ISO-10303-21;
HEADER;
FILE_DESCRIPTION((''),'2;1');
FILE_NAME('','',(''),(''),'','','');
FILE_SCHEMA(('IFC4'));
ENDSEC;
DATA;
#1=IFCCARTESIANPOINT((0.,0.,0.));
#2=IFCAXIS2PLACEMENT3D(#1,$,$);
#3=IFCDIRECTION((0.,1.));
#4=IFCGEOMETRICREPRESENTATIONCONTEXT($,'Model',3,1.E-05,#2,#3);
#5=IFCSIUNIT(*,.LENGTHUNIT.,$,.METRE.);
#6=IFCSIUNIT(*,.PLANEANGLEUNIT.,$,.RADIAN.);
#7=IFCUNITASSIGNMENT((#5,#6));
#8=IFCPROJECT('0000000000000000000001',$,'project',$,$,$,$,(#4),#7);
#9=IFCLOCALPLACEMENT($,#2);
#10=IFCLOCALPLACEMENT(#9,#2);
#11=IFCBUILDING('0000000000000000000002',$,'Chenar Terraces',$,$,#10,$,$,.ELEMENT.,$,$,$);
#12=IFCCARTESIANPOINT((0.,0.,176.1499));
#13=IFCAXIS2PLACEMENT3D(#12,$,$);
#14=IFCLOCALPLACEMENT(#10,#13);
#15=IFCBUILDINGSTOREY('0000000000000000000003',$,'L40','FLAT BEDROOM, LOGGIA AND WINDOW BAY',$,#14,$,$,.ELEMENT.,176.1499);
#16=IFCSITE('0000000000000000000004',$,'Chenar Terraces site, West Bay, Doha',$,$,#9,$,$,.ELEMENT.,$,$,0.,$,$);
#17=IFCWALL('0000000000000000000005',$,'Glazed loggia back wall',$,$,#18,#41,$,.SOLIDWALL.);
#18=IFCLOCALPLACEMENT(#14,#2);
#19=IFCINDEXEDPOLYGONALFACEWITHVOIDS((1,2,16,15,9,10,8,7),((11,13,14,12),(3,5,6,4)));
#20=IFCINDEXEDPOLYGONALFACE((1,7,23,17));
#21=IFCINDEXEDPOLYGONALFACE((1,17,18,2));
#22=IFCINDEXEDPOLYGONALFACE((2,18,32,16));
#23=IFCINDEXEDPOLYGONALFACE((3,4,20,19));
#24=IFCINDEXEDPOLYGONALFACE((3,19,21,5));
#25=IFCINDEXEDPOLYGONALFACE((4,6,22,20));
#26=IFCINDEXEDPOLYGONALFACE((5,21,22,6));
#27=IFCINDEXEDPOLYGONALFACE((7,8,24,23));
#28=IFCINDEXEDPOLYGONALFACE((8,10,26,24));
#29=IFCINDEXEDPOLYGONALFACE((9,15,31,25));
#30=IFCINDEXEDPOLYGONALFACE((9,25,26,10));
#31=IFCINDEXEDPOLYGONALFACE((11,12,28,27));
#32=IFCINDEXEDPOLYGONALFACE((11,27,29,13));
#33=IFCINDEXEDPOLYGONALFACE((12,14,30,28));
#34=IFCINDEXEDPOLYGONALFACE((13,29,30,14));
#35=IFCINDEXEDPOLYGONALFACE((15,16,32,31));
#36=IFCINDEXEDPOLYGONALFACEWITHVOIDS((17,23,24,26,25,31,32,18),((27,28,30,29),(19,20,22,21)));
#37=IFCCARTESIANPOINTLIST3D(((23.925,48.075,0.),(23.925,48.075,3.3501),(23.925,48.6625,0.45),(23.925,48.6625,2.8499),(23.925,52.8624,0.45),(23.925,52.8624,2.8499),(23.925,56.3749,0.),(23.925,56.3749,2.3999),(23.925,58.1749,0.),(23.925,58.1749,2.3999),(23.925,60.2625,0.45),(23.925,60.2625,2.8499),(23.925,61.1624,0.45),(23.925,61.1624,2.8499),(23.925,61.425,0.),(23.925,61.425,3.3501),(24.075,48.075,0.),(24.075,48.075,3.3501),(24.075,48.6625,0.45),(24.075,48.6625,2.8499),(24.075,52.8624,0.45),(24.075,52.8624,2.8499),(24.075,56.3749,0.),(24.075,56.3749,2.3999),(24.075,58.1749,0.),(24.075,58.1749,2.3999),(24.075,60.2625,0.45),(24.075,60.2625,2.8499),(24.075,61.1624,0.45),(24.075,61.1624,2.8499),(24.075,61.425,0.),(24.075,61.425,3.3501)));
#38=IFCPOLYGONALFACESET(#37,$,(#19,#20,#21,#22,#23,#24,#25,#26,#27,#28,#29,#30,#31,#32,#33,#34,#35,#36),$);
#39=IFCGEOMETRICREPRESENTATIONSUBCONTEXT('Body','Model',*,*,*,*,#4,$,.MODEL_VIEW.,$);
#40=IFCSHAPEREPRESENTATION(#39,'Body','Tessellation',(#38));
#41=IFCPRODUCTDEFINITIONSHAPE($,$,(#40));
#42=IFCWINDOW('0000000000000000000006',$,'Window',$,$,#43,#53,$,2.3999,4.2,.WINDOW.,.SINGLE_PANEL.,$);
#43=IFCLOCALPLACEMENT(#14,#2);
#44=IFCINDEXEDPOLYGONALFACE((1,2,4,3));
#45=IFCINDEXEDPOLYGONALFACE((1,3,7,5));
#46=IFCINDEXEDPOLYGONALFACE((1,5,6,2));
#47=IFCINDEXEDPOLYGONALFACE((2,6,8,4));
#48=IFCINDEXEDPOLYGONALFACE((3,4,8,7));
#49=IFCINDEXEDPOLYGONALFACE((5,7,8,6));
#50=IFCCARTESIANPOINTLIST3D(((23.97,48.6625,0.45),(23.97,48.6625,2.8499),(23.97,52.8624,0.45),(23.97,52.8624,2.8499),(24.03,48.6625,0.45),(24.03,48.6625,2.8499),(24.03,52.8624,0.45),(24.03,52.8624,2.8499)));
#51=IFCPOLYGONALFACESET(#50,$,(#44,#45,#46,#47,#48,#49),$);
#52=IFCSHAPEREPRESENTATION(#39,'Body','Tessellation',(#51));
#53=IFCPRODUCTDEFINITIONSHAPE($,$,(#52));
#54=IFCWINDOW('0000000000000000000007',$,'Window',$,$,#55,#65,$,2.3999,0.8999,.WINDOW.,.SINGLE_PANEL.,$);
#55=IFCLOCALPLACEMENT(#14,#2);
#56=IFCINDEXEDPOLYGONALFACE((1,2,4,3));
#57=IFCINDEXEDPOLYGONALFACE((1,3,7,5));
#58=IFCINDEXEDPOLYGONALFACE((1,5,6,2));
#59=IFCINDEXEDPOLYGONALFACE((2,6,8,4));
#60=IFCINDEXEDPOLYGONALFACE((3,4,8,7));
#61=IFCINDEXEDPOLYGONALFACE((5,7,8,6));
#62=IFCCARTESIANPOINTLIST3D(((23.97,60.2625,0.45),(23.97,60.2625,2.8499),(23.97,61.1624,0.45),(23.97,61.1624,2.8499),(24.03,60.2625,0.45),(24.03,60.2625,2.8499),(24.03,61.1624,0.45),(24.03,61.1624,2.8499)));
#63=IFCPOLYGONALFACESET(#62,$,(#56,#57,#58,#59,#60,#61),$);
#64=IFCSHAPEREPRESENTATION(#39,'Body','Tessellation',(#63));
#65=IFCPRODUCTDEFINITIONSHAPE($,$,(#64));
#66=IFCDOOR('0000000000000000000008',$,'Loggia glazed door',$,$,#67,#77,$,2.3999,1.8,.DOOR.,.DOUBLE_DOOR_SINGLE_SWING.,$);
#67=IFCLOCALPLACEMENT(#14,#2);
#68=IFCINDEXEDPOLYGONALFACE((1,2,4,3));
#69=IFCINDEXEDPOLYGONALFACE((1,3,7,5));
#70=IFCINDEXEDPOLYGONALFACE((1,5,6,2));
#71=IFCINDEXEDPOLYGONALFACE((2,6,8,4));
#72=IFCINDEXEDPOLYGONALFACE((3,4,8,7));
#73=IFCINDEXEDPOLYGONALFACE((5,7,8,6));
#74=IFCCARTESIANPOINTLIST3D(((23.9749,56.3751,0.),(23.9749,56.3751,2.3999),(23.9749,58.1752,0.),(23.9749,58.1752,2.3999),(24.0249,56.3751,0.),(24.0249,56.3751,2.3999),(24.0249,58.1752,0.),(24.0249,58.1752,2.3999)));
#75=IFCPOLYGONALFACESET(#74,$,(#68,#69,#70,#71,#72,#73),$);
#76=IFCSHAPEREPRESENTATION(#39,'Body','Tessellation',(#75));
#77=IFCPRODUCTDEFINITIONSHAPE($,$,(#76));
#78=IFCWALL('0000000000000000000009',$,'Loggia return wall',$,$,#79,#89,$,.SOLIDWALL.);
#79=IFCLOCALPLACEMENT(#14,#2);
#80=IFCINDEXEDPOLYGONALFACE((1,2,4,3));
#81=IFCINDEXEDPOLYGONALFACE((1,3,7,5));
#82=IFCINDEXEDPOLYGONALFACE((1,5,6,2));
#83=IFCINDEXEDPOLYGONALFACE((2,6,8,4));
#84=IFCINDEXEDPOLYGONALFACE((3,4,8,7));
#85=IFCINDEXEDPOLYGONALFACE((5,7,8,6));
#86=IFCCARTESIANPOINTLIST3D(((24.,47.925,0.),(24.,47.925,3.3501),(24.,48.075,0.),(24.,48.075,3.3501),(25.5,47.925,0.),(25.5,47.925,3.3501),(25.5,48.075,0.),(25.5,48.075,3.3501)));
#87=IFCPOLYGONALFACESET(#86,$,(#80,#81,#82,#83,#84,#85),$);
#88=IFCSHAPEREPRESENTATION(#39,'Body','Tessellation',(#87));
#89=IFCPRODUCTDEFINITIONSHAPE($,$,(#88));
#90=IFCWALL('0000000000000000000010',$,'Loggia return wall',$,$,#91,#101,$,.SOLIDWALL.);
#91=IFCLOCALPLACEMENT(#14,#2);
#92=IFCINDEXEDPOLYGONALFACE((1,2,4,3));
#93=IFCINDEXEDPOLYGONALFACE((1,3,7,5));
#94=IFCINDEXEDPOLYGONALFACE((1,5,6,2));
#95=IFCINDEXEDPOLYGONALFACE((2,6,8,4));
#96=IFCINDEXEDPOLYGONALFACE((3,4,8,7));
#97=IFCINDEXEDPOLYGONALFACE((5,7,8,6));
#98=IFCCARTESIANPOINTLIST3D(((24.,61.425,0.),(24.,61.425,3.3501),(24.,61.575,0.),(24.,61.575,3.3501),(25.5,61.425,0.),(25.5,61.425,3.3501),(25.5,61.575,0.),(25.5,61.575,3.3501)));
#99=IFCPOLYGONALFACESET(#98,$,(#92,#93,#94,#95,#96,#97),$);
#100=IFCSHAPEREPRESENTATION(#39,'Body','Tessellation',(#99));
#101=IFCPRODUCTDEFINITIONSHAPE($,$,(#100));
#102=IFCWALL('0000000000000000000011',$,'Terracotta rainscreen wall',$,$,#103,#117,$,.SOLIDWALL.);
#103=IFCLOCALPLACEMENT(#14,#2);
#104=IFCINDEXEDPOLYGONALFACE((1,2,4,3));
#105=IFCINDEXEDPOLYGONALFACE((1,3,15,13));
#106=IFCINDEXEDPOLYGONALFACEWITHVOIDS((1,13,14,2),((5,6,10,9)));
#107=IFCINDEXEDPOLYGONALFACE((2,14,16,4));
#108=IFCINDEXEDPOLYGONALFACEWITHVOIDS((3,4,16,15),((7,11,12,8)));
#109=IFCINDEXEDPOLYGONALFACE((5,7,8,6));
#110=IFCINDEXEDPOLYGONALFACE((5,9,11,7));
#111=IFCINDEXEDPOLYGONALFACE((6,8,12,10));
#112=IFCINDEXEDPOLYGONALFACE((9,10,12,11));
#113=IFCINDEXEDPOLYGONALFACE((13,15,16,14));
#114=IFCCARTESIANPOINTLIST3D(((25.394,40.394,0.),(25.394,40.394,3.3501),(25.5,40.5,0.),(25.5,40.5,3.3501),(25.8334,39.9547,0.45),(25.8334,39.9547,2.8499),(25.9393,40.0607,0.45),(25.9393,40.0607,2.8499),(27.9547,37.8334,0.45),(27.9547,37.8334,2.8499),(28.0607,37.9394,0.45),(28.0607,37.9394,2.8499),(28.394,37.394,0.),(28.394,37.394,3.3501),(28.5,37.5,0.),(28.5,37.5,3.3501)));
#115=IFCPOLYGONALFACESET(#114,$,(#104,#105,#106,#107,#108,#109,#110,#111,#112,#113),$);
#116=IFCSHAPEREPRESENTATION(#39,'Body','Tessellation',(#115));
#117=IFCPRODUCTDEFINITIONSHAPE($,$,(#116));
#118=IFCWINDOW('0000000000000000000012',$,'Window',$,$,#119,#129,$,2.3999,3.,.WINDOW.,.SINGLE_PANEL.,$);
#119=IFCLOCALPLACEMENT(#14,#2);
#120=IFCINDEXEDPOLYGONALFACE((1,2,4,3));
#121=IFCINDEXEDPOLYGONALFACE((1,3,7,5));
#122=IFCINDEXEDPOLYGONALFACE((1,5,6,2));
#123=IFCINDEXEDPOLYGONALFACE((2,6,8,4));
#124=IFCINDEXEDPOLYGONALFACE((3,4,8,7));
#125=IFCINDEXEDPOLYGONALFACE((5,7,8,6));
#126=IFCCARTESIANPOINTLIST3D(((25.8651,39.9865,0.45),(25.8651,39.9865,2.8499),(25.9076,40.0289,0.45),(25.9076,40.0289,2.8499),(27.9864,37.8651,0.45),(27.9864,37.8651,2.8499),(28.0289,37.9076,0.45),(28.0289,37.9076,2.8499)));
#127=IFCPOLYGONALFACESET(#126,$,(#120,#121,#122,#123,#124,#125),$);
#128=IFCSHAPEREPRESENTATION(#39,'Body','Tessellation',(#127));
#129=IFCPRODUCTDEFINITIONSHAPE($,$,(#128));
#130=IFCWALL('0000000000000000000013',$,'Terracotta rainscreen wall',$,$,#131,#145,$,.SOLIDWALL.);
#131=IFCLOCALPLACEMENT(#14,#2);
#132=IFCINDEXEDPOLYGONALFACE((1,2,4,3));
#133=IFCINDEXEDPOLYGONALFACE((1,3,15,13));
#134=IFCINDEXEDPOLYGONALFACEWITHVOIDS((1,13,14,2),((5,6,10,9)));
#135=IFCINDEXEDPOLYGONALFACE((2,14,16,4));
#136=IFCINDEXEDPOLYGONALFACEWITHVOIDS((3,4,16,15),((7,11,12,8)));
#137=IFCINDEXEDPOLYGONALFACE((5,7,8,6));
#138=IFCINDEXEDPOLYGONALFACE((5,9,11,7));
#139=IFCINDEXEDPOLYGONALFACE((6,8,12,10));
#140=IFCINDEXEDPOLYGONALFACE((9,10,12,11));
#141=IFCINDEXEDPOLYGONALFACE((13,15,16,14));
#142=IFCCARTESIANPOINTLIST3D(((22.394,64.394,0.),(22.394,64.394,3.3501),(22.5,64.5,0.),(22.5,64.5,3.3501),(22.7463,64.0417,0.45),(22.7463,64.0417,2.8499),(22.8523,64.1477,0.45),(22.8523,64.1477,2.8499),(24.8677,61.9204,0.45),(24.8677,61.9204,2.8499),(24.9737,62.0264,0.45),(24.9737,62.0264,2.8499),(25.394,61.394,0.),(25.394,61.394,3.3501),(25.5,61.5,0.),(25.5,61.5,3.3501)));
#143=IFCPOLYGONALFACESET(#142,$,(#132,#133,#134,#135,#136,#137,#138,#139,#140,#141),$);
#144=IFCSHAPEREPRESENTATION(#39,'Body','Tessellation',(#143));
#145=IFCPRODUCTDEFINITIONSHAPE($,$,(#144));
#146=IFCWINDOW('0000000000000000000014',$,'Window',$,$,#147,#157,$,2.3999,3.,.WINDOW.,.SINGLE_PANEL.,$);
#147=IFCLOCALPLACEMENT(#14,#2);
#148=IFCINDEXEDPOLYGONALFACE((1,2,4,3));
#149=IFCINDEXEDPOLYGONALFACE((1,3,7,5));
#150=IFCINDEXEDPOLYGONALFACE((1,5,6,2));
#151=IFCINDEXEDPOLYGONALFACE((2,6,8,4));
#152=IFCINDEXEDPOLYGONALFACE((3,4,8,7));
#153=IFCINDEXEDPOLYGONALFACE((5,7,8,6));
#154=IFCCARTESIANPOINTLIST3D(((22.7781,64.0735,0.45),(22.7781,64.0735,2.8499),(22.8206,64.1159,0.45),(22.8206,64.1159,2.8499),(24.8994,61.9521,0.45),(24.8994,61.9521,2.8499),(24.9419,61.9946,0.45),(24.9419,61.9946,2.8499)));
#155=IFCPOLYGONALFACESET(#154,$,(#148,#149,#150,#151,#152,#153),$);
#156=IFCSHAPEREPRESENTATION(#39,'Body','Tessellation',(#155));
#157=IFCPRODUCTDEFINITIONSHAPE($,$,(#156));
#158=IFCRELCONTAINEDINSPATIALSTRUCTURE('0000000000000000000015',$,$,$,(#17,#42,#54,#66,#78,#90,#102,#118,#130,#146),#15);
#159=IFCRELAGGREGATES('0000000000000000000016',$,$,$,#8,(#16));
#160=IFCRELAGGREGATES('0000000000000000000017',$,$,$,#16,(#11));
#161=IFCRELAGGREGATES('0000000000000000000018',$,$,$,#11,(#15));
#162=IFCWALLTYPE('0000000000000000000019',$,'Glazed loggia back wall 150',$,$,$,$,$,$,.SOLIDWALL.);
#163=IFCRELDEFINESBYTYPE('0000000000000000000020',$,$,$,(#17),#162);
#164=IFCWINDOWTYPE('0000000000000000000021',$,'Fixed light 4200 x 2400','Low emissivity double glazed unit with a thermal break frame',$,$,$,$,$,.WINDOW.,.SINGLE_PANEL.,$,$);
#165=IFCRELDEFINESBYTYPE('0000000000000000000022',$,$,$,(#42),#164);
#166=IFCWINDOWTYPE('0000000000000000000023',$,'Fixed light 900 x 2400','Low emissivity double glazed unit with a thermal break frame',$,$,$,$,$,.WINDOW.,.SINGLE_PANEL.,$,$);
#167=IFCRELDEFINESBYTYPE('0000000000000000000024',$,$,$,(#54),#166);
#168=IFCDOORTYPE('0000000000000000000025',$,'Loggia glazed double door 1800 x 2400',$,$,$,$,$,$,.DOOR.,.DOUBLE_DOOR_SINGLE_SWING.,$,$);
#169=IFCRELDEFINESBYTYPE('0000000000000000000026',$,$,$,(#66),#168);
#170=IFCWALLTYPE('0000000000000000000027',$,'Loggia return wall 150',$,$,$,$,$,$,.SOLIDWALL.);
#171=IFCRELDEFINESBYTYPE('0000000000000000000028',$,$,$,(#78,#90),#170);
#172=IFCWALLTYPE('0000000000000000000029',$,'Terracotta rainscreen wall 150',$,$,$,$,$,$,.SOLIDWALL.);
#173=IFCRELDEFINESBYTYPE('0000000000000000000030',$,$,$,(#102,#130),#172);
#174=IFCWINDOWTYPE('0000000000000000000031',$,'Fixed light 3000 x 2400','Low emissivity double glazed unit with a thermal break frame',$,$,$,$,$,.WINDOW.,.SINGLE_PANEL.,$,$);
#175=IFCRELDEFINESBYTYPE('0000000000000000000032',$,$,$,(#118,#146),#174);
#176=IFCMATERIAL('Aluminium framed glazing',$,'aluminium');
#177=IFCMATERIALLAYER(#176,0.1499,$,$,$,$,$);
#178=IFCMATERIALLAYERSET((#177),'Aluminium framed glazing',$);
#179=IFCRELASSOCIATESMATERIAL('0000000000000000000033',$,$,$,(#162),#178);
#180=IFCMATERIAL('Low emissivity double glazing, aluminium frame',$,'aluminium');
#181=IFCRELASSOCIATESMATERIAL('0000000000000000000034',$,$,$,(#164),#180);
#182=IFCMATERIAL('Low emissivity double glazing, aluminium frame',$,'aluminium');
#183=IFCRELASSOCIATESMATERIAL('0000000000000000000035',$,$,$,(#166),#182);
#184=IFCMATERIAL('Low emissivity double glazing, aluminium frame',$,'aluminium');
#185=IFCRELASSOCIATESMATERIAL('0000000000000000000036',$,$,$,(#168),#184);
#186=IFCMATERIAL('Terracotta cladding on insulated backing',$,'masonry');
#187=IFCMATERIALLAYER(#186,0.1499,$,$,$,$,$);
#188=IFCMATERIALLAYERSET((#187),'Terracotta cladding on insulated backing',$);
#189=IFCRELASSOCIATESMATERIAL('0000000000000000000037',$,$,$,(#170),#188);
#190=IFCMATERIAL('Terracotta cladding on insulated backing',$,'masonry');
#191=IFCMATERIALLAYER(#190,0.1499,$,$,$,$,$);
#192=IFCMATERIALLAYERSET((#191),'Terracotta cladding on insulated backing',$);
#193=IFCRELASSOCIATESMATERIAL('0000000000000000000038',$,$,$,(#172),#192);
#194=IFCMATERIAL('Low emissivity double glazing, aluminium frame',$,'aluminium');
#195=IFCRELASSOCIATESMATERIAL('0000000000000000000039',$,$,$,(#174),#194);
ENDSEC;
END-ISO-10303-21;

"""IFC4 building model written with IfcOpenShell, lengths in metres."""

from ifc_helpers import new_model, si_unit, direction, frame, frame_2d, origin, place, context, subcontext, project, spatial, rectangle, extrude, material, layer, layer_set, type_object, element, fill, save


model = new_model("IFC4")

# Units and contexts
model_context = context("Model", 3, precision=1e-05, world=origin(), true_north=direction((0.0, 1.0)))
body_context = subcontext(model_context, "Body", "Model", "MODEL_VIEW")
ifc_project = project(units=[si_unit("LENGTHUNIT", "METRE"), si_unit("PLANEANGLEUNIT", "RADIAN")], contexts=[model_context])

# Site, building, storey
site_placement = place(None, origin())
site = spatial("IfcSite", under=ifc_project, at=site_placement, Name="Chenar Terraces site, West Bay, Doha", CompositionType="ELEMENT", RefElevation=0.0)
building_placement = place(site_placement, origin())
building = spatial("IfcBuilding", under=site, at=building_placement, Name="Chenar Terraces", CompositionType="ELEMENT")
storey_placement = place(building_placement, frame((0.0, 0.0, 176.1499)))
storey = spatial("IfcBuildingStorey", under=building, at=storey_placement, Name="L40", Description="FLAT BEDROOM, LOGGIA AND WINDOW BAY", CompositionType="ELEMENT", Elevation=176.1499)

# Wall, openings, windows, door
ifc_material_1 = material(Name="Aluminium framed glazing", Category="aluminium")
ifc_layer_1 = layer(ifc_material_1, 0.1499)
ifc_layer_set_1 = layer_set([ifc_layer_1], Name="Aluminium framed glazing")
wall_type_1 = type_object("IfcWallType", Name="Glazed loggia back wall 150", PredefinedType="SOLIDWALL", material=ifc_layer_set_1)
wall_1_placement = place(storey_placement, frame((24.0, 48.075, 0.0), z_axis=(0.0, 0.0, 1.0), x_axis=(0.0, 1.0, 0.0)))
wall_1 = element("IfcWall", 1, at=wall_1_placement, inside=storey, type_object=wall_type_1, Name="Glazed loggia back wall", PredefinedType="SOLIDWALL", context=body_context, shape_type="SweptSolid", body=[
    extrude(rectangle(XDim=13.3501, YDim=0.1499, at=frame_2d((6.675, 0.0))), origin(), (0.0, 0.0, 1.0), 3.3501),
])
opening_1_placement = place(wall_1_placement, frame((0.5874, 0.0, 0.45)))
opening_1 = element("IfcOpeningElement", 2, at=opening_1_placement, cuts=wall_1, PredefinedType="OPENING", context=body_context, shape_type="SweptSolid", body=[
    extrude(rectangle(XDim=4.2, YDim=2.3999, at=frame_2d((2.1001, 1.2))), frame((0.0, 0.085, 0.0), z_axis=(0.0, -1.0, 0.0), x_axis=(1.0, 0.0, 0.0)), (0.0, 0.0, 1.0), 0.1699),
])
opening_2_placement = place(wall_1_placement, frame((8.3, 0.0, 0.0)))
opening_2 = element("IfcOpeningElement", 3, at=opening_2_placement, cuts=wall_1, PredefinedType="OPENING", context=body_context, shape_type="SweptSolid", body=[
    extrude(rectangle(XDim=1.8, YDim=2.3999, at=frame_2d((0.8999, 1.2))), frame((0.0, 0.085, 0.0), z_axis=(0.0, -1.0, 0.0), x_axis=(1.0, 0.0, 0.0)), (0.0, 0.0, 1.0), 0.1699),
])
opening_3_placement = place(wall_1_placement, frame((12.1875, 0.0, 0.45)))
opening_3 = element("IfcOpeningElement", 4, at=opening_3_placement, cuts=wall_1, PredefinedType="OPENING", context=body_context, shape_type="SweptSolid", body=[
    extrude(rectangle(XDim=0.8999, YDim=2.3999, at=frame_2d((0.45, 1.2))), frame((0.0, 0.085, 0.0), z_axis=(0.0, -1.0, 0.0), x_axis=(1.0, 0.0, 0.0)), (0.0, 0.0, 1.0), 0.1699),
])
ifc_material_2 = material(Name="Low emissivity double glazing, aluminium frame", Category="aluminium")
window_type_1 = type_object("IfcWindowType", Name="Fixed light 4200 x 2400", Description="Low emissivity double glazed unit with a thermal break frame", PartitioningType="SINGLE_PANEL", PredefinedType="WINDOW", material=ifc_material_2)
window_1_placement = place(opening_1_placement, origin())
window_1 = element("IfcWindow", 5, at=window_1_placement, inside=storey, type_object=window_type_1, Name="Window", OverallHeight=2.3999, OverallWidth=4.2, PartitioningType="SINGLE_PANEL", PredefinedType="WINDOW", context=body_context, shape_type="SweptSolid", body=[
    extrude(rectangle(XDim=4.2, YDim=2.3999, at=frame_2d((2.1001, 1.2))), frame((0.0, 0.03, 0.0), z_axis=(0.0, -1.0, 0.0), x_axis=(1.0, 0.0, 0.0)), (0.0, 0.0, 1.0), 0.0601),
])
fill(opening_1, window_1)
ifc_material_3 = material(Name="Low emissivity double glazing, aluminium frame", Category="aluminium")
window_type_2 = type_object("IfcWindowType", Name="Fixed light 900 x 2400", Description="Low emissivity double glazed unit with a thermal break frame", PartitioningType="SINGLE_PANEL", PredefinedType="WINDOW", material=ifc_material_3)
window_2_placement = place(opening_3_placement, origin())
window_2 = element("IfcWindow", 6, at=window_2_placement, inside=storey, type_object=window_type_2, Name="Window", OverallHeight=2.3999, OverallWidth=0.8999, PartitioningType="SINGLE_PANEL", PredefinedType="WINDOW", context=body_context, shape_type="SweptSolid", body=[
    extrude(rectangle(XDim=0.8999, YDim=2.3999, at=frame_2d((0.45, 1.2))), frame((0.0, 0.03, 0.0), z_axis=(0.0, -1.0, 0.0), x_axis=(1.0, 0.0, 0.0)), (0.0, 0.0, 1.0), 0.0601),
])
fill(opening_3, window_2)
ifc_material_4 = material(Name="Low emissivity double glazing, aluminium frame", Category="aluminium")
door_type = type_object("IfcDoorType", Name="Loggia glazed double door 1800 x 2400", OperationType="DOUBLE_DOOR_SINGLE_SWING", PredefinedType="DOOR", material=ifc_material_4)
door_placement = place(opening_2_placement, frame((1.8, 0.0, 0.0), z_axis=(0.0, 0.0, 1.0), x_axis=(-1.0, 0.0, 0.0)))
door = element("IfcDoor", 7, at=door_placement, inside=storey, type_object=door_type, Name="Loggia glazed door", OperationType="DOUBLE_DOOR_SINGLE_SWING", OverallHeight=2.3999, OverallWidth=1.8, PredefinedType="DOOR", context=body_context, shape_type="SweptSolid", body=[
    extrude(rectangle(XDim=1.8, YDim=2.3999, at=frame_2d((0.8999, 1.2))), frame((0.0, 0.0249, 0.0), z_axis=(0.0, -1.0, 0.0), x_axis=(1.0, 0.0, 0.0)), (0.0, 0.0, 1.0), 0.05),
])
fill(opening_2, door)

# Walls
ifc_material_5 = material(Name="Terracotta cladding on insulated backing", Category="masonry")
ifc_layer_2 = layer(ifc_material_5, 0.1499)
ifc_layer_set_2 = layer_set([ifc_layer_2], Name="Terracotta cladding on insulated backing")
wall_type_2 = type_object("IfcWallType", Name="Loggia return wall 150", PredefinedType="SOLIDWALL", material=ifc_layer_set_2)
for number, where, z_axis, x_axis, name in (
    (8, (25.5, 48.0, 0.0), (0.0, 0.0, 1.0), (-1.0, 0.0, 0.0), "Loggia return wall"),
    (9, (25.5, 61.5, 0.0), (0.0, 0.0, 1.0), (-1.0, 0.0, 0.0), "Loggia return wall"),
):
    element("IfcWall", number, at=place(storey_placement, frame(where, z_axis=z_axis, x_axis=x_axis)), inside=storey, type_object=wall_type_2, Name=name, PredefinedType="SOLIDWALL", context=body_context, shape_type="SweptSolid", body=[
        extrude(rectangle(XDim=1.5, YDim=0.1499, at=frame_2d((0.75, 0.0))), origin(), (0.0, 0.0, 1.0), 3.3501),
    ])

# Walls, openings, windows
ifc_material_6 = material(Name="Terracotta cladding on insulated backing", Category="masonry")
ifc_layer_3 = layer(ifc_material_6, 0.1499)
ifc_layer_set_3 = layer_set([ifc_layer_3], Name="Terracotta cladding on insulated backing")
wall_type_3 = type_object("IfcWallType", Name="Terracotta rainscreen wall 150", PredefinedType="SOLIDWALL", material=ifc_layer_set_3)
wall_2_placement = place(storey_placement, frame((28.447, 37.447, 0.0), z_axis=(0.0, 0.0, 1.0), x_axis=(-0.707107, 0.707107, 0.0)))
wall_2 = element("IfcWall", 10, at=wall_2_placement, inside=storey, type_object=wall_type_3, Name="Terracotta rainscreen wall", PredefinedType="SOLIDWALL", context=body_context, shape_type="SweptSolid", body=[
    extrude(rectangle(XDim=4.2427, YDim=0.1499, at=frame_2d((2.1213, 0.0))), origin(), (0.0, 0.0, 1.0), 3.3501),
])
opening_4_placement = place(wall_2_placement, frame((0.6213, 0.0, 0.45)))
opening_4 = element("IfcOpeningElement", 11, at=opening_4_placement, cuts=wall_2, PredefinedType="OPENING", context=body_context, shape_type="SweptSolid", body=[
    extrude(rectangle(XDim=3.0, YDim=2.3999, at=frame_2d((1.5, 1.2))), frame((0.0, 0.085, 0.0), z_axis=(0.0, -1.0, 0.0), x_axis=(1.0, 0.0, 0.0)), (0.0, 0.0, 1.0), 0.1699),
])
ifc_material_7 = material(Name="Low emissivity double glazing, aluminium frame", Category="aluminium")
window_type_3 = type_object("IfcWindowType", Name="Fixed light 3000 x 2400", Description="Low emissivity double glazed unit with a thermal break frame", PartitioningType="SINGLE_PANEL", PredefinedType="WINDOW", material=ifc_material_7)
window_3_placement = place(opening_4_placement, origin())
window_3 = element("IfcWindow", 12, at=window_3_placement, inside=storey, type_object=window_type_3, Name="Window", OverallHeight=2.3999, OverallWidth=3.0, PartitioningType="SINGLE_PANEL", PredefinedType="WINDOW", context=body_context, shape_type="SweptSolid", body=[
    extrude(rectangle(XDim=3.0, YDim=2.3999, at=frame_2d((1.5, 1.2))), frame((0.0, 0.03, 0.0), z_axis=(0.0, -1.0, 0.0), x_axis=(1.0, 0.0, 0.0)), (0.0, 0.0, 1.0), 0.0601),
])
fill(opening_4, window_3)
wall_3_placement = place(storey_placement, frame((25.447, 61.447, 0.0), z_axis=(0.0, 0.0, 1.0), x_axis=(-0.707107, 0.707107, 0.0)))
wall_3 = element("IfcWall", 13, at=wall_3_placement, inside=storey, type_object=wall_type_3, Name="Terracotta rainscreen wall", PredefinedType="SOLIDWALL", context=body_context, shape_type="SweptSolid", body=[
    extrude(rectangle(XDim=4.2427, YDim=0.1499, at=frame_2d((2.1213, 0.0))), origin(), (0.0, 0.0, 1.0), 3.3501),
])
opening_5_placement = place(wall_3_placement, frame((0.7444, 0.0, 0.45)))
opening_5 = element("IfcOpeningElement", 14, at=opening_5_placement, cuts=wall_3, PredefinedType="OPENING", context=body_context, shape_type="SweptSolid", body=[
    extrude(rectangle(XDim=3.0, YDim=2.3999, at=frame_2d((1.5, 1.2))), frame((0.0, 0.085, 0.0), z_axis=(0.0, -1.0, 0.0), x_axis=(1.0, 0.0, 0.0)), (0.0, 0.0, 1.0), 0.1699),
])
window_4_placement = place(opening_5_placement, origin())
window_4 = element("IfcWindow", 15, at=window_4_placement, inside=storey, type_object=window_type_3, Name="Window", OverallHeight=2.3999, OverallWidth=3.0, PartitioningType="SINGLE_PANEL", PredefinedType="WINDOW", context=body_context, shape_type="SweptSolid", body=[
    extrude(rectangle(XDim=3.0, YDim=2.3999, at=frame_2d((1.5, 1.2))), frame((0.0, 0.03, 0.0), z_axis=(0.0, -1.0, 0.0), x_axis=(1.0, 0.0, 0.0)), (0.0, 0.0, 1.0), 0.0601),
])
fill(opening_5, window_4)

save(model, "model.ifc")
